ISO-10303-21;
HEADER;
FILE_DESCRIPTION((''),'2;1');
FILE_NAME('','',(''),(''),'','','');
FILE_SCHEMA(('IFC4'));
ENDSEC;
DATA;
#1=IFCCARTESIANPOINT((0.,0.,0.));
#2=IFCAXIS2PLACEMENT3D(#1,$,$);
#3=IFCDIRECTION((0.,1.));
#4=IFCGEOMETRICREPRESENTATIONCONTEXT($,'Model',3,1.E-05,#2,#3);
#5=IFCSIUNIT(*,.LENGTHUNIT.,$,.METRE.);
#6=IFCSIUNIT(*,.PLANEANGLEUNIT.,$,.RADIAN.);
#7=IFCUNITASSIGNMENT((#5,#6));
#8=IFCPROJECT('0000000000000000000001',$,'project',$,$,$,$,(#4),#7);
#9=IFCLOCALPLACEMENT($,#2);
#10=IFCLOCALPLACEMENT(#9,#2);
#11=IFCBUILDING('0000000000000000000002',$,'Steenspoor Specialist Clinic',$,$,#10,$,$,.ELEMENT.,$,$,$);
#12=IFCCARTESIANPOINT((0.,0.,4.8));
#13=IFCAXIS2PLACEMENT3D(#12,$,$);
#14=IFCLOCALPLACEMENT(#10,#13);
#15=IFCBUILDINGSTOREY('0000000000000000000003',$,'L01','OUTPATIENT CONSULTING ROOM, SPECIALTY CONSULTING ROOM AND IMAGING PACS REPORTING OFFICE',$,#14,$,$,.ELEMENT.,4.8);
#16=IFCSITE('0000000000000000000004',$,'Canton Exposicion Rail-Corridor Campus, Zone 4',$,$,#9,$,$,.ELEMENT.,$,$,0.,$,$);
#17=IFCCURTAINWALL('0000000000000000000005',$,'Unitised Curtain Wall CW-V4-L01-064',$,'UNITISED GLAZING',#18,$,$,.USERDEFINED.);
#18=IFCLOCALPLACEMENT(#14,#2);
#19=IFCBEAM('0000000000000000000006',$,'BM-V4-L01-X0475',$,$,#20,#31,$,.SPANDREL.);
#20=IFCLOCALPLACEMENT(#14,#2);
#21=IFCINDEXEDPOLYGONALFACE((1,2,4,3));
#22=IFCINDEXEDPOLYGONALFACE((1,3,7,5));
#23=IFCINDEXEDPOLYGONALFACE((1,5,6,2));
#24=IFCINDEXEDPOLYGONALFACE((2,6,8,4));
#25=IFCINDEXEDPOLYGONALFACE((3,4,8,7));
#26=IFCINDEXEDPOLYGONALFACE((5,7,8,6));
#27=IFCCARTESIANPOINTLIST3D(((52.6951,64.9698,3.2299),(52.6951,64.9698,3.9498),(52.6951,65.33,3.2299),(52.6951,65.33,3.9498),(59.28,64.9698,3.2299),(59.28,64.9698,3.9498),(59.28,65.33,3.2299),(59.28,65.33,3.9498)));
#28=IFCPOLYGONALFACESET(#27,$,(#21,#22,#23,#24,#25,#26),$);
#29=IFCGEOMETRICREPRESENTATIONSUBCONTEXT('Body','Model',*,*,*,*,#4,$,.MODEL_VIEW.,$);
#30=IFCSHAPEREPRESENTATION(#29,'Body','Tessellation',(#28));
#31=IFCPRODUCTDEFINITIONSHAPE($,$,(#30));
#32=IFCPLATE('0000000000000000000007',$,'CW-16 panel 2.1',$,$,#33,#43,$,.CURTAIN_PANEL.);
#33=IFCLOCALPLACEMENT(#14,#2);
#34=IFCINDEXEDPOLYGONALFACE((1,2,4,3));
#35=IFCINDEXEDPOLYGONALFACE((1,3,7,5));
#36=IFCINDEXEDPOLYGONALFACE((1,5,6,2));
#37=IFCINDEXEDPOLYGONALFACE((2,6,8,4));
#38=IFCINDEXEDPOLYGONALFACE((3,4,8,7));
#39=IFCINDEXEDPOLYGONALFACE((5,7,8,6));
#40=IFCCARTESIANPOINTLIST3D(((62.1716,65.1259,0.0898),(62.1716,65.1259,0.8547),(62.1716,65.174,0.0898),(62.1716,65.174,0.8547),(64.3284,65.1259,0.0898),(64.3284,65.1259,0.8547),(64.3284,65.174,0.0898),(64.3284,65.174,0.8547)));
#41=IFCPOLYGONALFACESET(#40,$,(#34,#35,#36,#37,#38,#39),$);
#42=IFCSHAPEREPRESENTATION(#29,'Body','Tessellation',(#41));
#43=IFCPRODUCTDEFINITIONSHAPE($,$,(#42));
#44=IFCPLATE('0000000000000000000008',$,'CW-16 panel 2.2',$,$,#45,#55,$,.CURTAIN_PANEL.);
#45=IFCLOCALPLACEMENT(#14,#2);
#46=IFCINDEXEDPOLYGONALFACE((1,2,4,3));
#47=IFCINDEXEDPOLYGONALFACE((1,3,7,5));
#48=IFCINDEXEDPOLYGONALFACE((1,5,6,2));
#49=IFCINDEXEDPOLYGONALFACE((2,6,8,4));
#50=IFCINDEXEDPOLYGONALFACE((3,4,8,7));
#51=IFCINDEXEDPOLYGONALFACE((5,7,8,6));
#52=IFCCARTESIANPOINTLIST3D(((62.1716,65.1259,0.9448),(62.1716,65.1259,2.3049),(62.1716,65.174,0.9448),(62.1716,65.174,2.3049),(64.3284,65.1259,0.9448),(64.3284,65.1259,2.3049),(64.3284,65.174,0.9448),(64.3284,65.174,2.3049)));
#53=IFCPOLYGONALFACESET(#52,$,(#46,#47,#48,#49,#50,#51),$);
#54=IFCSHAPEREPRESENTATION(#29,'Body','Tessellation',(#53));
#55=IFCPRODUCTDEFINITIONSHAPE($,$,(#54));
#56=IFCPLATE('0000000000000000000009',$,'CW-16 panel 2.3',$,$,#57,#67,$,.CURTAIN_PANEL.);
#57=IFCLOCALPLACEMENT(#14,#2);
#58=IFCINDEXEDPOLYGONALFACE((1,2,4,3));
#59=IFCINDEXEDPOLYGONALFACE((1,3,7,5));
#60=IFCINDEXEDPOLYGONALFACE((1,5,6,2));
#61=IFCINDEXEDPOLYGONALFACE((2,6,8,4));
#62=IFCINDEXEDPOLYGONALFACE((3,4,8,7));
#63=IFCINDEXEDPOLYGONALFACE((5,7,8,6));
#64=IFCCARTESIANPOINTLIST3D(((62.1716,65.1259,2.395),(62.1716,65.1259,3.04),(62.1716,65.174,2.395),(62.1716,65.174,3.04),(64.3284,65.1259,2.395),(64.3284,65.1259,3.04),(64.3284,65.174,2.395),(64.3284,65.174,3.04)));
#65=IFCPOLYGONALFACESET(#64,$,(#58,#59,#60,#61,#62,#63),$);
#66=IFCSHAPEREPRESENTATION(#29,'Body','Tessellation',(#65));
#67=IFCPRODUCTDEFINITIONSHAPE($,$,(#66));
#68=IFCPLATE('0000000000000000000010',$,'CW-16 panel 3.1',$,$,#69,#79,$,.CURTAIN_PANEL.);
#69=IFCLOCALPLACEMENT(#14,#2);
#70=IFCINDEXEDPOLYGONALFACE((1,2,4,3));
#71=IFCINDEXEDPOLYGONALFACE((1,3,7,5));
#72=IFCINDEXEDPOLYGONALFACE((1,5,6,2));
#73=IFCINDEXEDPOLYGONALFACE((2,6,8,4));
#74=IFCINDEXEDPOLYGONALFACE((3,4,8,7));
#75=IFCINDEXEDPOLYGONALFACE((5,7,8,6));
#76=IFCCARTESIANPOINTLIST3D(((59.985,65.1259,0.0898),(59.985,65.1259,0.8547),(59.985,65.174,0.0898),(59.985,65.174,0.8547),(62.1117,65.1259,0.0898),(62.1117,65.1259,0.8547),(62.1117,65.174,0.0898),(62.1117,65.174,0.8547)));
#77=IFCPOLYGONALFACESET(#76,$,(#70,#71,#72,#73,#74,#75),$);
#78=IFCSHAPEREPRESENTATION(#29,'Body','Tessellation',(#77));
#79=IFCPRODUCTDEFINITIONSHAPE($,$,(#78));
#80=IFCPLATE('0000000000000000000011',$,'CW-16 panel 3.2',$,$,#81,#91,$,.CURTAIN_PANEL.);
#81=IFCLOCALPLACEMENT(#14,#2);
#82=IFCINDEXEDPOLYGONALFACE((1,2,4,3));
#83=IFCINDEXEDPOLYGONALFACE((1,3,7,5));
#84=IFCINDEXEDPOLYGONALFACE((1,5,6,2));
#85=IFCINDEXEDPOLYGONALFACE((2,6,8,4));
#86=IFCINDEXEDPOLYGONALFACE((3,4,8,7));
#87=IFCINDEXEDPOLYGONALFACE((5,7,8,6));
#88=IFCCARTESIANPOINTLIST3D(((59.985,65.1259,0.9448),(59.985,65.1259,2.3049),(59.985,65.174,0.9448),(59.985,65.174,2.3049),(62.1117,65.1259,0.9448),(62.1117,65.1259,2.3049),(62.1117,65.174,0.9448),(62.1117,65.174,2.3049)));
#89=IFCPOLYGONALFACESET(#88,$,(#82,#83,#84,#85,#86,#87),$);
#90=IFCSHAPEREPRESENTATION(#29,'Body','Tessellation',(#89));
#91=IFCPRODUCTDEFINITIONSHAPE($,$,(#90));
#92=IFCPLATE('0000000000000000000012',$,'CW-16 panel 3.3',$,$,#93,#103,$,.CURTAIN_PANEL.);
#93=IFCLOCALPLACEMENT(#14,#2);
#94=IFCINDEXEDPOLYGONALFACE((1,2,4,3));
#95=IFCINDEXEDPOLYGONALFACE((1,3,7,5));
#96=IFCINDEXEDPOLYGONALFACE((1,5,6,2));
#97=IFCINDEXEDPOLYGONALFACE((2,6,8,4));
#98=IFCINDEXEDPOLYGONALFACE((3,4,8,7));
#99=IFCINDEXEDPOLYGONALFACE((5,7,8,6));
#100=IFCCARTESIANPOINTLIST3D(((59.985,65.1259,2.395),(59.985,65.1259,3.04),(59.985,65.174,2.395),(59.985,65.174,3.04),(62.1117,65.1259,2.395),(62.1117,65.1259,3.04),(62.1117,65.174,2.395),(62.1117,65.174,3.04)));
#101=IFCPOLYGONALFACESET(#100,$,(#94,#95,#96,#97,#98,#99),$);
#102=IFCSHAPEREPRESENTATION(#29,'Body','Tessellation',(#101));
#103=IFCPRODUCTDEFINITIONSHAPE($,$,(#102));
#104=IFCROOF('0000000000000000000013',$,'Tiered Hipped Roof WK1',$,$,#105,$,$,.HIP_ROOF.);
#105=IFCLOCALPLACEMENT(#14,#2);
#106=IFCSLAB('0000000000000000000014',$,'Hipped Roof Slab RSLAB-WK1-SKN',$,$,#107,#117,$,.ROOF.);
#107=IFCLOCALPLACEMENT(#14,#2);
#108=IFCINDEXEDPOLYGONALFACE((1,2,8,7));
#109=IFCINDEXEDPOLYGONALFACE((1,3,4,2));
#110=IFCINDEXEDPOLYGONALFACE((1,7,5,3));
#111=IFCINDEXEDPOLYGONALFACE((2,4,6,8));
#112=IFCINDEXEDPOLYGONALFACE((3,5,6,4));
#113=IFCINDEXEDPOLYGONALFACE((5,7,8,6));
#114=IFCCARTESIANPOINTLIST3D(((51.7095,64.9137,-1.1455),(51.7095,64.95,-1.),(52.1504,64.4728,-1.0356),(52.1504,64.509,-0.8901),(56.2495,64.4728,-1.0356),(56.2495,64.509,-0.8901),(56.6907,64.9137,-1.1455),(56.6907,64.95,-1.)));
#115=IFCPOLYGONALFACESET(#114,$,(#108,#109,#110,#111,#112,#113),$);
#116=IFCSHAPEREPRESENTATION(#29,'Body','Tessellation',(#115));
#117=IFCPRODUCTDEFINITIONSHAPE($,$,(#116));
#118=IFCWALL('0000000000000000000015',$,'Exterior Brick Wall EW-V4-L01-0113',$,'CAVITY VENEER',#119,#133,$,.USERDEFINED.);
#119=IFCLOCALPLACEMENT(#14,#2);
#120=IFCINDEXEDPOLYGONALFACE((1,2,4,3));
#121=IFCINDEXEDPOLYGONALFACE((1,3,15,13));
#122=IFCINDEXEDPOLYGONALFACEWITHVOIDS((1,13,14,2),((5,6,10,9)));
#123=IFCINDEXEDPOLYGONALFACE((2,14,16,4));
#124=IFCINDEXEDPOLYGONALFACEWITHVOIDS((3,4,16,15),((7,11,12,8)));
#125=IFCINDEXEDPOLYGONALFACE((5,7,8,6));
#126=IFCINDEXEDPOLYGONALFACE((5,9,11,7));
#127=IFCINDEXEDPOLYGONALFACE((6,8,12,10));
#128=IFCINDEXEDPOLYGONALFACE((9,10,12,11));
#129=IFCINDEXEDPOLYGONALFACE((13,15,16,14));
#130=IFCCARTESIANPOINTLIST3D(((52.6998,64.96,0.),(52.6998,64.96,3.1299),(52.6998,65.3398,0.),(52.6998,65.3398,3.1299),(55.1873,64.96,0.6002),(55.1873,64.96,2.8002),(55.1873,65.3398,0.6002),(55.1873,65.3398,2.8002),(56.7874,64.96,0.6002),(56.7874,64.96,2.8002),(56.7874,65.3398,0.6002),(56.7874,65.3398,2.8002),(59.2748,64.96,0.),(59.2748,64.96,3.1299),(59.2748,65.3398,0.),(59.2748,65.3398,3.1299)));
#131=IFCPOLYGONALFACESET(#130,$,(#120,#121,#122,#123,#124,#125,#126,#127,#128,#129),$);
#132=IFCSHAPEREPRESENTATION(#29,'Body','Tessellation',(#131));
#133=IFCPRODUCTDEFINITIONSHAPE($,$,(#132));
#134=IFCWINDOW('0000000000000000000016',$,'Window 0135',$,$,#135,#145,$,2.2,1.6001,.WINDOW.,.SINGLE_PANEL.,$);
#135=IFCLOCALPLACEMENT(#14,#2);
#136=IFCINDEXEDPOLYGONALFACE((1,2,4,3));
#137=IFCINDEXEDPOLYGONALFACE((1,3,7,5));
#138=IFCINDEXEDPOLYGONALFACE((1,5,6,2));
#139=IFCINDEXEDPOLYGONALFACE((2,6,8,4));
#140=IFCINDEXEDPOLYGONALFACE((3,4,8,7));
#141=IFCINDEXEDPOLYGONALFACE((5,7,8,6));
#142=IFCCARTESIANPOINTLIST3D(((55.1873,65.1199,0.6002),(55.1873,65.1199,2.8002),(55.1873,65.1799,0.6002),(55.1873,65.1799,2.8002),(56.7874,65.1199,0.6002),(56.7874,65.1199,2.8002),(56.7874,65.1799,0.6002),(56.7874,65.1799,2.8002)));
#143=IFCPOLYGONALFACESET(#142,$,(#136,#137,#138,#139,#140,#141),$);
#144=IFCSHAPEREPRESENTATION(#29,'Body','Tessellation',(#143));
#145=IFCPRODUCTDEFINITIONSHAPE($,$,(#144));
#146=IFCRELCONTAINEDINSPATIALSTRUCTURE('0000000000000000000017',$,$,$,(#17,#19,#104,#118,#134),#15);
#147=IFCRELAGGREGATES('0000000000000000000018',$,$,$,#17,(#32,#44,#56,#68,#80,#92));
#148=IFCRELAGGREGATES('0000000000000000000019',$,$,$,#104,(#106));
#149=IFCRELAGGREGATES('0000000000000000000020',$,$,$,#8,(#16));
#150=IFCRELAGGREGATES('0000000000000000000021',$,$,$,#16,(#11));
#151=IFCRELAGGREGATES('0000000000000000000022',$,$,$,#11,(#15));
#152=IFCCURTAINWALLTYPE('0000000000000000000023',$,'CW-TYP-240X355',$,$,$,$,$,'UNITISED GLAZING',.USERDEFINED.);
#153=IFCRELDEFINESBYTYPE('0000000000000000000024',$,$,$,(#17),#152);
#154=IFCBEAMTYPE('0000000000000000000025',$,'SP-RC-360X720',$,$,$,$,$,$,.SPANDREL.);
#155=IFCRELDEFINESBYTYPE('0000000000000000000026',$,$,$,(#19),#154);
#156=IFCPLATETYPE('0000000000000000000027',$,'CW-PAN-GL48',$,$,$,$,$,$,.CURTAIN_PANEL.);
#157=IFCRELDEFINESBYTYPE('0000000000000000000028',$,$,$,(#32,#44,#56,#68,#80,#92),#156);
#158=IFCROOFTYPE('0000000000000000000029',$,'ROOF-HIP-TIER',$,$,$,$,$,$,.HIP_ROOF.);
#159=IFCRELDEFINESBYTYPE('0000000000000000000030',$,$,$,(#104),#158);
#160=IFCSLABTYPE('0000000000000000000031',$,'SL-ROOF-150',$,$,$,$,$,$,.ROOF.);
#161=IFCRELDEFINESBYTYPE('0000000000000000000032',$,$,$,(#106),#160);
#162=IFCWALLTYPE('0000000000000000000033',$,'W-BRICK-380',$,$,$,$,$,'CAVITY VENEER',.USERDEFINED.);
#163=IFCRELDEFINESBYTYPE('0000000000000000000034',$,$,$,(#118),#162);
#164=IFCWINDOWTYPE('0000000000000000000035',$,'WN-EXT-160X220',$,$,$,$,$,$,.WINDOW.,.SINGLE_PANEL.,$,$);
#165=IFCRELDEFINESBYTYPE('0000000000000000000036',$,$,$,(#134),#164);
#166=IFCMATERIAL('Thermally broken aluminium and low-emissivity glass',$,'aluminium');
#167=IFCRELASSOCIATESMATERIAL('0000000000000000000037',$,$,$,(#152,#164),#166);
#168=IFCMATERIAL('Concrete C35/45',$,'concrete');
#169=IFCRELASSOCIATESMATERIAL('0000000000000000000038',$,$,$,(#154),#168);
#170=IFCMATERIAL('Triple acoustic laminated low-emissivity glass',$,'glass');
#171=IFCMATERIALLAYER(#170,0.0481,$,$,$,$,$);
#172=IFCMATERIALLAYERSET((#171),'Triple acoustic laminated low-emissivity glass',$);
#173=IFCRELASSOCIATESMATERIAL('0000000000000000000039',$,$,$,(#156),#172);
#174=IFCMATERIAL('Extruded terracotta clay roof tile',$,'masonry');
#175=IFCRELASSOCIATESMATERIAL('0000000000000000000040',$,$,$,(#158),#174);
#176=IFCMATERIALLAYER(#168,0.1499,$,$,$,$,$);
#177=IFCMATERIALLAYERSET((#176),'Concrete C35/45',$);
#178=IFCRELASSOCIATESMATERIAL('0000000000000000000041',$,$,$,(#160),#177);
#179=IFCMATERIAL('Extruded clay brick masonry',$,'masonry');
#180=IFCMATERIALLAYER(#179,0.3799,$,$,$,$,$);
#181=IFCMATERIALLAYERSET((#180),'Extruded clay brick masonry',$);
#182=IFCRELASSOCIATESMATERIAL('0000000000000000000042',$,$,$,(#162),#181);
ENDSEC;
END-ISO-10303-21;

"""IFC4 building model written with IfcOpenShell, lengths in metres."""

from ifc_helpers import new_model, si_unit, direction, frame, frame_2d, origin, origin_2d, place, context, subcontext, project, spatial, polyline, rectangle, outline, extrude, material, layer, layer_set, material_profile, profile_set, type_object, element, fill, aggregate, save


model = new_model("IFC4")

# Units and contexts
model_context = context("Model", 3, precision=1e-05, world=origin(), true_north=direction((0.0, 1.0)))
body_context = subcontext(model_context, "Body", "Model", "MODEL_VIEW")
ifc_project = project(units=[si_unit("LENGTHUNIT", "METRE"), si_unit("PLANEANGLEUNIT", "RADIAN")], contexts=[model_context])

# Site, building, storey
site_placement = place(None, origin())
site = spatial("IfcSite", under=ifc_project, at=site_placement, Name="Canton Exposicion Rail-Corridor Campus, Zone 4", CompositionType="ELEMENT", RefElevation=0.0)
building_placement = place(site_placement, origin())
building = spatial("IfcBuilding", under=site, at=building_placement, Name="Steenspoor Specialist Clinic", CompositionType="ELEMENT")
storey_placement = place(building_placement, frame((0.0, 0.0, 4.8)))
storey = spatial("IfcBuildingStorey", under=building, at=storey_placement, Name="L01", Description="OUTPATIENT CONSULTING ROOM, SPECIALTY CONSULTING ROOM AND IMAGING PACS REPORTING OFFICE", CompositionType="ELEMENT", Elevation=4.8)

# Curtain wall
ifc_material_1 = material(Name="Thermally broken aluminium and low-emissivity glass", Category="aluminium")
curtain_wall_type = type_object("IfcCurtainWallType", Name="CW-TYP-240X355", ElementType="UNITISED GLAZING", PredefinedType="USERDEFINED", material=ifc_material_1)
curtain_wall_placement = place(storey_placement, origin())
curtain_wall = element("IfcCurtainWall", 1, at=curtain_wall_placement, inside=storey, type_object=curtain_wall_type, Name="Unitised Curtain Wall CW-V4-L01-064", ObjectType="UNITISED GLAZING", PredefinedType="USERDEFINED")

# Beam
ifc_material_2 = material(Name="Concrete C35/45", Category="concrete")
ifc_material_profile_1 = material_profile(ifc_material_2, rectangle(XDim=0.3601, YDim=0.72, at=origin_2d()), Name="RC-SP-360X720")
ifc_profile_set_1 = profile_set([ifc_material_profile_1], Name="Concrete C35/45")
beam_type_1 = type_object("IfcBeamType", Name="SP-RC-360X720", PredefinedType="SPANDREL", material=ifc_profile_set_1)
beam_1_placement = place(storey_placement, frame((52.6951, 65.1499, 3.5898), z_axis=(1.0, 0.0, 0.0), x_axis=(0.0, 1.0, 0.0)))
element("IfcBeam", 2, at=beam_1_placement, inside=storey, type_object=beam_type_1, Name="BM-V4-L01-X0475", PredefinedType="SPANDREL", context=body_context, shape_type="SweptSolid", body=[
    extrude(rectangle(XDim=0.3601, YDim=0.72, at=origin_2d()), origin(), (0.0, 0.0, 1.0), 6.585),
])

# Plates
ifc_material_3 = material(Name="Triple acoustic laminated low-emissivity glass", Category="glass")
ifc_layer_1 = layer(ifc_material_3, 0.0481)
ifc_layer_set_1 = layer_set([ifc_layer_1], Name="Triple acoustic laminated low-emissivity glass")
plate_type = type_object("IfcPlateType", Name="CW-PAN-GL48", PredefinedType="CURTAIN_PANEL", material=ifc_layer_set_1)
plate_1_placement = place(storey_placement, frame((63.25, 65.1499, 0.0898), z_axis=(0.0, 0.0, 1.0), x_axis=(-1.0, 0.0, 0.0)))
plate_1 = element("IfcPlate", 3, at=plate_1_placement, type_object=plate_type, Name="CW-16 panel 2.1", PredefinedType="CURTAIN_PANEL", context=body_context, shape_type="SweptSolid", body=[
    extrude(rectangle(XDim=2.1567, YDim=0.0481, at=origin_2d()), origin(), (0.0, 0.0, 1.0), 0.7649),
])
plate_2_placement = place(storey_placement, frame((63.25, 65.1499, 0.9448), z_axis=(0.0, 0.0, 1.0), x_axis=(-1.0, 0.0, 0.0)))
plate_2 = element("IfcPlate", 4, at=plate_2_placement, type_object=plate_type, Name="CW-16 panel 2.2", PredefinedType="CURTAIN_PANEL", context=body_context, shape_type="SweptSolid", body=[
    extrude(rectangle(XDim=2.1567, YDim=0.0481, at=origin_2d()), origin(), (0.0, 0.0, 1.0), 1.3601),
])
plate_3_placement = place(storey_placement, frame((63.25, 65.1499, 2.395), z_axis=(0.0, 0.0, 1.0), x_axis=(-1.0, 0.0, 0.0)))
plate_3 = element("IfcPlate", 5, at=plate_3_placement, type_object=plate_type, Name="CW-16 panel 2.3", PredefinedType="CURTAIN_PANEL", context=body_context, shape_type="SweptSolid", body=[
    extrude(rectangle(XDim=2.1567, YDim=0.0481, at=origin_2d()), origin(), (0.0, 0.0, 1.0), 0.645),
])
plate_4_placement = place(storey_placement, frame((61.0483, 65.1499, 0.0898), z_axis=(0.0, 0.0, 1.0), x_axis=(-1.0, 0.0, 0.0)))
plate_4 = element("IfcPlate", 6, at=plate_4_placement, type_object=plate_type, Name="CW-16 panel 3.1", PredefinedType="CURTAIN_PANEL", context=body_context, shape_type="SweptSolid", body=[
    extrude(rectangle(XDim=2.1267, YDim=0.0481, at=origin_2d()), origin(), (0.0, 0.0, 1.0), 0.7649),
])
plate_5_placement = place(storey_placement, frame((61.0483, 65.1499, 0.9448), z_axis=(0.0, 0.0, 1.0), x_axis=(-1.0, 0.0, 0.0)))
plate_5 = element("IfcPlate", 7, at=plate_5_placement, type_object=plate_type, Name="CW-16 panel 3.2", PredefinedType="CURTAIN_PANEL", context=body_context, shape_type="SweptSolid", body=[
    extrude(rectangle(XDim=2.1267, YDim=0.0481, at=origin_2d()), origin(), (0.0, 0.0, 1.0), 1.3601),
])
plate_6_placement = place(storey_placement, frame((61.0483, 65.1499, 2.395), z_axis=(0.0, 0.0, 1.0), x_axis=(-1.0, 0.0, 0.0)))
plate_6 = element("IfcPlate", 8, at=plate_6_placement, type_object=plate_type, Name="CW-16 panel 3.3", PredefinedType="CURTAIN_PANEL", context=body_context, shape_type="SweptSolid", body=[
    extrude(rectangle(XDim=2.1267, YDim=0.0481, at=origin_2d()), origin(), (0.0, 0.0, 1.0), 0.645),
])
aggregate(curtain_wall, [plate_1, plate_2, plate_3, plate_4, plate_5, plate_6])

# Roof, slab
ifc_material_4 = material(Name="Extruded terracotta clay roof tile", Category="masonry")
roof_type = type_object("IfcRoofType", Name="ROOF-HIP-TIER", PredefinedType="HIP_ROOF", material=ifc_material_4)
roof_placement = place(storey_placement, origin())
roof = element("IfcRoof", 9, at=roof_placement, inside=storey, type_object=roof_type, Name="Tiered Hipped Roof WK1", PredefinedType="HIP_ROOF")
ifc_layer_2 = layer(ifc_material_2, 0.1499)
ifc_layer_set_2 = layer_set([ifc_layer_2], Name="Concrete C35/45")
slab_type = type_object("IfcSlabType", Name="SL-ROOF-150", PredefinedType="ROOF", material=ifc_layer_set_2)
slab_1_placement = place(storey_placement, frame((56.2495, 64.509, -0.8901), z_axis=(0.0, 0.241777, 0.970332), x_axis=(0.696579, 0.696194, -0.17347)))
slab_1 = element("IfcSlab", 10, at=slab_1_placement, type_object=slab_type, Name="Hipped Roof Slab RSLAB-WK1-SKN", PredefinedType="ROOF", context=body_context, shape_type="SweptSolid", body=[
    extrude(outline(polyline([(0.0, 0.0), (0.6333, 0.0), (-2.8365, 3.5739), (-2.8554, 2.941), (0.0, 0.0)])), origin(), (0.0, 0.0, -1.0), 0.1499),
])
aggregate(roof, [slab_1])

# Wall, opening, window
ifc_material_5 = material(Name="Extruded clay brick masonry", Category="masonry")
ifc_layer_3 = layer(ifc_material_5, 0.3799)
ifc_layer_set_3 = layer_set([ifc_layer_3], Name="Extruded clay brick masonry")
wall_type_1 = type_object("IfcWallType", Name="W-BRICK-380", ElementType="CAVITY VENEER", PredefinedType="USERDEFINED", material=ifc_layer_set_3)
wall_1_placement = place(storey_placement, frame((59.2749, 65.1499, 0.0), z_axis=(0.0, 0.0, 1.0), x_axis=(-1.0, 0.0, 0.0)))
wall_1 = element("IfcWall", 11, at=wall_1_placement, inside=storey, type_object=wall_type_1, Name="Exterior Brick Wall EW-V4-L01-0113", ObjectType="CAVITY VENEER", PredefinedType="USERDEFINED", context=body_context, shape_type="SweptSolid", body=[
    extrude(rectangle(XDim=6.575, YDim=0.3799, at=frame_2d((3.2876, 0.0))), origin(), (0.0, 0.0, 1.0), 3.1299),
])
opening_1_placement = place(wall_1_placement, frame((2.4875, 0.0, 0.6001)))
opening_1 = element("IfcOpeningElement", 12, at=opening_1_placement, cuts=wall_1, PredefinedType="OPENING", context=body_context, shape_type="SweptSolid", body=[
    extrude(rectangle(XDim=1.6001, YDim=2.2, at=frame_2d((0.8, 1.1001))), frame((0.0, 0.2, 0.0), z_axis=(0.0, -1.0, 0.0), x_axis=(1.0, 0.0, 0.0)), (0.0, 0.0, 1.0), 0.3999),
])
window_type_1 = type_object("IfcWindowType", Name="WN-EXT-160X220", PartitioningType="SINGLE_PANEL", PredefinedType="WINDOW", material=ifc_material_1)
window_1_placement = place(opening_1_placement, origin())
window_1 = element("IfcWindow", 13, at=window_1_placement, inside=storey, type_object=window_type_1, Name="Window 0135", OverallHeight=2.2, OverallWidth=1.6001, PartitioningType="SINGLE_PANEL", PredefinedType="WINDOW", context=body_context, shape_type="SweptSolid", body=[
    extrude(rectangle(XDim=1.6001, YDim=2.2, at=frame_2d((0.8, 1.1001))), frame((0.0, 0.03, 0.0), z_axis=(0.0, -1.0, 0.0), x_axis=(1.0, 0.0, 0.0)), (0.0, 0.0, 1.0), 0.0601),
])
fill(opening_1, window_1)

save(model, "model.ifc")
